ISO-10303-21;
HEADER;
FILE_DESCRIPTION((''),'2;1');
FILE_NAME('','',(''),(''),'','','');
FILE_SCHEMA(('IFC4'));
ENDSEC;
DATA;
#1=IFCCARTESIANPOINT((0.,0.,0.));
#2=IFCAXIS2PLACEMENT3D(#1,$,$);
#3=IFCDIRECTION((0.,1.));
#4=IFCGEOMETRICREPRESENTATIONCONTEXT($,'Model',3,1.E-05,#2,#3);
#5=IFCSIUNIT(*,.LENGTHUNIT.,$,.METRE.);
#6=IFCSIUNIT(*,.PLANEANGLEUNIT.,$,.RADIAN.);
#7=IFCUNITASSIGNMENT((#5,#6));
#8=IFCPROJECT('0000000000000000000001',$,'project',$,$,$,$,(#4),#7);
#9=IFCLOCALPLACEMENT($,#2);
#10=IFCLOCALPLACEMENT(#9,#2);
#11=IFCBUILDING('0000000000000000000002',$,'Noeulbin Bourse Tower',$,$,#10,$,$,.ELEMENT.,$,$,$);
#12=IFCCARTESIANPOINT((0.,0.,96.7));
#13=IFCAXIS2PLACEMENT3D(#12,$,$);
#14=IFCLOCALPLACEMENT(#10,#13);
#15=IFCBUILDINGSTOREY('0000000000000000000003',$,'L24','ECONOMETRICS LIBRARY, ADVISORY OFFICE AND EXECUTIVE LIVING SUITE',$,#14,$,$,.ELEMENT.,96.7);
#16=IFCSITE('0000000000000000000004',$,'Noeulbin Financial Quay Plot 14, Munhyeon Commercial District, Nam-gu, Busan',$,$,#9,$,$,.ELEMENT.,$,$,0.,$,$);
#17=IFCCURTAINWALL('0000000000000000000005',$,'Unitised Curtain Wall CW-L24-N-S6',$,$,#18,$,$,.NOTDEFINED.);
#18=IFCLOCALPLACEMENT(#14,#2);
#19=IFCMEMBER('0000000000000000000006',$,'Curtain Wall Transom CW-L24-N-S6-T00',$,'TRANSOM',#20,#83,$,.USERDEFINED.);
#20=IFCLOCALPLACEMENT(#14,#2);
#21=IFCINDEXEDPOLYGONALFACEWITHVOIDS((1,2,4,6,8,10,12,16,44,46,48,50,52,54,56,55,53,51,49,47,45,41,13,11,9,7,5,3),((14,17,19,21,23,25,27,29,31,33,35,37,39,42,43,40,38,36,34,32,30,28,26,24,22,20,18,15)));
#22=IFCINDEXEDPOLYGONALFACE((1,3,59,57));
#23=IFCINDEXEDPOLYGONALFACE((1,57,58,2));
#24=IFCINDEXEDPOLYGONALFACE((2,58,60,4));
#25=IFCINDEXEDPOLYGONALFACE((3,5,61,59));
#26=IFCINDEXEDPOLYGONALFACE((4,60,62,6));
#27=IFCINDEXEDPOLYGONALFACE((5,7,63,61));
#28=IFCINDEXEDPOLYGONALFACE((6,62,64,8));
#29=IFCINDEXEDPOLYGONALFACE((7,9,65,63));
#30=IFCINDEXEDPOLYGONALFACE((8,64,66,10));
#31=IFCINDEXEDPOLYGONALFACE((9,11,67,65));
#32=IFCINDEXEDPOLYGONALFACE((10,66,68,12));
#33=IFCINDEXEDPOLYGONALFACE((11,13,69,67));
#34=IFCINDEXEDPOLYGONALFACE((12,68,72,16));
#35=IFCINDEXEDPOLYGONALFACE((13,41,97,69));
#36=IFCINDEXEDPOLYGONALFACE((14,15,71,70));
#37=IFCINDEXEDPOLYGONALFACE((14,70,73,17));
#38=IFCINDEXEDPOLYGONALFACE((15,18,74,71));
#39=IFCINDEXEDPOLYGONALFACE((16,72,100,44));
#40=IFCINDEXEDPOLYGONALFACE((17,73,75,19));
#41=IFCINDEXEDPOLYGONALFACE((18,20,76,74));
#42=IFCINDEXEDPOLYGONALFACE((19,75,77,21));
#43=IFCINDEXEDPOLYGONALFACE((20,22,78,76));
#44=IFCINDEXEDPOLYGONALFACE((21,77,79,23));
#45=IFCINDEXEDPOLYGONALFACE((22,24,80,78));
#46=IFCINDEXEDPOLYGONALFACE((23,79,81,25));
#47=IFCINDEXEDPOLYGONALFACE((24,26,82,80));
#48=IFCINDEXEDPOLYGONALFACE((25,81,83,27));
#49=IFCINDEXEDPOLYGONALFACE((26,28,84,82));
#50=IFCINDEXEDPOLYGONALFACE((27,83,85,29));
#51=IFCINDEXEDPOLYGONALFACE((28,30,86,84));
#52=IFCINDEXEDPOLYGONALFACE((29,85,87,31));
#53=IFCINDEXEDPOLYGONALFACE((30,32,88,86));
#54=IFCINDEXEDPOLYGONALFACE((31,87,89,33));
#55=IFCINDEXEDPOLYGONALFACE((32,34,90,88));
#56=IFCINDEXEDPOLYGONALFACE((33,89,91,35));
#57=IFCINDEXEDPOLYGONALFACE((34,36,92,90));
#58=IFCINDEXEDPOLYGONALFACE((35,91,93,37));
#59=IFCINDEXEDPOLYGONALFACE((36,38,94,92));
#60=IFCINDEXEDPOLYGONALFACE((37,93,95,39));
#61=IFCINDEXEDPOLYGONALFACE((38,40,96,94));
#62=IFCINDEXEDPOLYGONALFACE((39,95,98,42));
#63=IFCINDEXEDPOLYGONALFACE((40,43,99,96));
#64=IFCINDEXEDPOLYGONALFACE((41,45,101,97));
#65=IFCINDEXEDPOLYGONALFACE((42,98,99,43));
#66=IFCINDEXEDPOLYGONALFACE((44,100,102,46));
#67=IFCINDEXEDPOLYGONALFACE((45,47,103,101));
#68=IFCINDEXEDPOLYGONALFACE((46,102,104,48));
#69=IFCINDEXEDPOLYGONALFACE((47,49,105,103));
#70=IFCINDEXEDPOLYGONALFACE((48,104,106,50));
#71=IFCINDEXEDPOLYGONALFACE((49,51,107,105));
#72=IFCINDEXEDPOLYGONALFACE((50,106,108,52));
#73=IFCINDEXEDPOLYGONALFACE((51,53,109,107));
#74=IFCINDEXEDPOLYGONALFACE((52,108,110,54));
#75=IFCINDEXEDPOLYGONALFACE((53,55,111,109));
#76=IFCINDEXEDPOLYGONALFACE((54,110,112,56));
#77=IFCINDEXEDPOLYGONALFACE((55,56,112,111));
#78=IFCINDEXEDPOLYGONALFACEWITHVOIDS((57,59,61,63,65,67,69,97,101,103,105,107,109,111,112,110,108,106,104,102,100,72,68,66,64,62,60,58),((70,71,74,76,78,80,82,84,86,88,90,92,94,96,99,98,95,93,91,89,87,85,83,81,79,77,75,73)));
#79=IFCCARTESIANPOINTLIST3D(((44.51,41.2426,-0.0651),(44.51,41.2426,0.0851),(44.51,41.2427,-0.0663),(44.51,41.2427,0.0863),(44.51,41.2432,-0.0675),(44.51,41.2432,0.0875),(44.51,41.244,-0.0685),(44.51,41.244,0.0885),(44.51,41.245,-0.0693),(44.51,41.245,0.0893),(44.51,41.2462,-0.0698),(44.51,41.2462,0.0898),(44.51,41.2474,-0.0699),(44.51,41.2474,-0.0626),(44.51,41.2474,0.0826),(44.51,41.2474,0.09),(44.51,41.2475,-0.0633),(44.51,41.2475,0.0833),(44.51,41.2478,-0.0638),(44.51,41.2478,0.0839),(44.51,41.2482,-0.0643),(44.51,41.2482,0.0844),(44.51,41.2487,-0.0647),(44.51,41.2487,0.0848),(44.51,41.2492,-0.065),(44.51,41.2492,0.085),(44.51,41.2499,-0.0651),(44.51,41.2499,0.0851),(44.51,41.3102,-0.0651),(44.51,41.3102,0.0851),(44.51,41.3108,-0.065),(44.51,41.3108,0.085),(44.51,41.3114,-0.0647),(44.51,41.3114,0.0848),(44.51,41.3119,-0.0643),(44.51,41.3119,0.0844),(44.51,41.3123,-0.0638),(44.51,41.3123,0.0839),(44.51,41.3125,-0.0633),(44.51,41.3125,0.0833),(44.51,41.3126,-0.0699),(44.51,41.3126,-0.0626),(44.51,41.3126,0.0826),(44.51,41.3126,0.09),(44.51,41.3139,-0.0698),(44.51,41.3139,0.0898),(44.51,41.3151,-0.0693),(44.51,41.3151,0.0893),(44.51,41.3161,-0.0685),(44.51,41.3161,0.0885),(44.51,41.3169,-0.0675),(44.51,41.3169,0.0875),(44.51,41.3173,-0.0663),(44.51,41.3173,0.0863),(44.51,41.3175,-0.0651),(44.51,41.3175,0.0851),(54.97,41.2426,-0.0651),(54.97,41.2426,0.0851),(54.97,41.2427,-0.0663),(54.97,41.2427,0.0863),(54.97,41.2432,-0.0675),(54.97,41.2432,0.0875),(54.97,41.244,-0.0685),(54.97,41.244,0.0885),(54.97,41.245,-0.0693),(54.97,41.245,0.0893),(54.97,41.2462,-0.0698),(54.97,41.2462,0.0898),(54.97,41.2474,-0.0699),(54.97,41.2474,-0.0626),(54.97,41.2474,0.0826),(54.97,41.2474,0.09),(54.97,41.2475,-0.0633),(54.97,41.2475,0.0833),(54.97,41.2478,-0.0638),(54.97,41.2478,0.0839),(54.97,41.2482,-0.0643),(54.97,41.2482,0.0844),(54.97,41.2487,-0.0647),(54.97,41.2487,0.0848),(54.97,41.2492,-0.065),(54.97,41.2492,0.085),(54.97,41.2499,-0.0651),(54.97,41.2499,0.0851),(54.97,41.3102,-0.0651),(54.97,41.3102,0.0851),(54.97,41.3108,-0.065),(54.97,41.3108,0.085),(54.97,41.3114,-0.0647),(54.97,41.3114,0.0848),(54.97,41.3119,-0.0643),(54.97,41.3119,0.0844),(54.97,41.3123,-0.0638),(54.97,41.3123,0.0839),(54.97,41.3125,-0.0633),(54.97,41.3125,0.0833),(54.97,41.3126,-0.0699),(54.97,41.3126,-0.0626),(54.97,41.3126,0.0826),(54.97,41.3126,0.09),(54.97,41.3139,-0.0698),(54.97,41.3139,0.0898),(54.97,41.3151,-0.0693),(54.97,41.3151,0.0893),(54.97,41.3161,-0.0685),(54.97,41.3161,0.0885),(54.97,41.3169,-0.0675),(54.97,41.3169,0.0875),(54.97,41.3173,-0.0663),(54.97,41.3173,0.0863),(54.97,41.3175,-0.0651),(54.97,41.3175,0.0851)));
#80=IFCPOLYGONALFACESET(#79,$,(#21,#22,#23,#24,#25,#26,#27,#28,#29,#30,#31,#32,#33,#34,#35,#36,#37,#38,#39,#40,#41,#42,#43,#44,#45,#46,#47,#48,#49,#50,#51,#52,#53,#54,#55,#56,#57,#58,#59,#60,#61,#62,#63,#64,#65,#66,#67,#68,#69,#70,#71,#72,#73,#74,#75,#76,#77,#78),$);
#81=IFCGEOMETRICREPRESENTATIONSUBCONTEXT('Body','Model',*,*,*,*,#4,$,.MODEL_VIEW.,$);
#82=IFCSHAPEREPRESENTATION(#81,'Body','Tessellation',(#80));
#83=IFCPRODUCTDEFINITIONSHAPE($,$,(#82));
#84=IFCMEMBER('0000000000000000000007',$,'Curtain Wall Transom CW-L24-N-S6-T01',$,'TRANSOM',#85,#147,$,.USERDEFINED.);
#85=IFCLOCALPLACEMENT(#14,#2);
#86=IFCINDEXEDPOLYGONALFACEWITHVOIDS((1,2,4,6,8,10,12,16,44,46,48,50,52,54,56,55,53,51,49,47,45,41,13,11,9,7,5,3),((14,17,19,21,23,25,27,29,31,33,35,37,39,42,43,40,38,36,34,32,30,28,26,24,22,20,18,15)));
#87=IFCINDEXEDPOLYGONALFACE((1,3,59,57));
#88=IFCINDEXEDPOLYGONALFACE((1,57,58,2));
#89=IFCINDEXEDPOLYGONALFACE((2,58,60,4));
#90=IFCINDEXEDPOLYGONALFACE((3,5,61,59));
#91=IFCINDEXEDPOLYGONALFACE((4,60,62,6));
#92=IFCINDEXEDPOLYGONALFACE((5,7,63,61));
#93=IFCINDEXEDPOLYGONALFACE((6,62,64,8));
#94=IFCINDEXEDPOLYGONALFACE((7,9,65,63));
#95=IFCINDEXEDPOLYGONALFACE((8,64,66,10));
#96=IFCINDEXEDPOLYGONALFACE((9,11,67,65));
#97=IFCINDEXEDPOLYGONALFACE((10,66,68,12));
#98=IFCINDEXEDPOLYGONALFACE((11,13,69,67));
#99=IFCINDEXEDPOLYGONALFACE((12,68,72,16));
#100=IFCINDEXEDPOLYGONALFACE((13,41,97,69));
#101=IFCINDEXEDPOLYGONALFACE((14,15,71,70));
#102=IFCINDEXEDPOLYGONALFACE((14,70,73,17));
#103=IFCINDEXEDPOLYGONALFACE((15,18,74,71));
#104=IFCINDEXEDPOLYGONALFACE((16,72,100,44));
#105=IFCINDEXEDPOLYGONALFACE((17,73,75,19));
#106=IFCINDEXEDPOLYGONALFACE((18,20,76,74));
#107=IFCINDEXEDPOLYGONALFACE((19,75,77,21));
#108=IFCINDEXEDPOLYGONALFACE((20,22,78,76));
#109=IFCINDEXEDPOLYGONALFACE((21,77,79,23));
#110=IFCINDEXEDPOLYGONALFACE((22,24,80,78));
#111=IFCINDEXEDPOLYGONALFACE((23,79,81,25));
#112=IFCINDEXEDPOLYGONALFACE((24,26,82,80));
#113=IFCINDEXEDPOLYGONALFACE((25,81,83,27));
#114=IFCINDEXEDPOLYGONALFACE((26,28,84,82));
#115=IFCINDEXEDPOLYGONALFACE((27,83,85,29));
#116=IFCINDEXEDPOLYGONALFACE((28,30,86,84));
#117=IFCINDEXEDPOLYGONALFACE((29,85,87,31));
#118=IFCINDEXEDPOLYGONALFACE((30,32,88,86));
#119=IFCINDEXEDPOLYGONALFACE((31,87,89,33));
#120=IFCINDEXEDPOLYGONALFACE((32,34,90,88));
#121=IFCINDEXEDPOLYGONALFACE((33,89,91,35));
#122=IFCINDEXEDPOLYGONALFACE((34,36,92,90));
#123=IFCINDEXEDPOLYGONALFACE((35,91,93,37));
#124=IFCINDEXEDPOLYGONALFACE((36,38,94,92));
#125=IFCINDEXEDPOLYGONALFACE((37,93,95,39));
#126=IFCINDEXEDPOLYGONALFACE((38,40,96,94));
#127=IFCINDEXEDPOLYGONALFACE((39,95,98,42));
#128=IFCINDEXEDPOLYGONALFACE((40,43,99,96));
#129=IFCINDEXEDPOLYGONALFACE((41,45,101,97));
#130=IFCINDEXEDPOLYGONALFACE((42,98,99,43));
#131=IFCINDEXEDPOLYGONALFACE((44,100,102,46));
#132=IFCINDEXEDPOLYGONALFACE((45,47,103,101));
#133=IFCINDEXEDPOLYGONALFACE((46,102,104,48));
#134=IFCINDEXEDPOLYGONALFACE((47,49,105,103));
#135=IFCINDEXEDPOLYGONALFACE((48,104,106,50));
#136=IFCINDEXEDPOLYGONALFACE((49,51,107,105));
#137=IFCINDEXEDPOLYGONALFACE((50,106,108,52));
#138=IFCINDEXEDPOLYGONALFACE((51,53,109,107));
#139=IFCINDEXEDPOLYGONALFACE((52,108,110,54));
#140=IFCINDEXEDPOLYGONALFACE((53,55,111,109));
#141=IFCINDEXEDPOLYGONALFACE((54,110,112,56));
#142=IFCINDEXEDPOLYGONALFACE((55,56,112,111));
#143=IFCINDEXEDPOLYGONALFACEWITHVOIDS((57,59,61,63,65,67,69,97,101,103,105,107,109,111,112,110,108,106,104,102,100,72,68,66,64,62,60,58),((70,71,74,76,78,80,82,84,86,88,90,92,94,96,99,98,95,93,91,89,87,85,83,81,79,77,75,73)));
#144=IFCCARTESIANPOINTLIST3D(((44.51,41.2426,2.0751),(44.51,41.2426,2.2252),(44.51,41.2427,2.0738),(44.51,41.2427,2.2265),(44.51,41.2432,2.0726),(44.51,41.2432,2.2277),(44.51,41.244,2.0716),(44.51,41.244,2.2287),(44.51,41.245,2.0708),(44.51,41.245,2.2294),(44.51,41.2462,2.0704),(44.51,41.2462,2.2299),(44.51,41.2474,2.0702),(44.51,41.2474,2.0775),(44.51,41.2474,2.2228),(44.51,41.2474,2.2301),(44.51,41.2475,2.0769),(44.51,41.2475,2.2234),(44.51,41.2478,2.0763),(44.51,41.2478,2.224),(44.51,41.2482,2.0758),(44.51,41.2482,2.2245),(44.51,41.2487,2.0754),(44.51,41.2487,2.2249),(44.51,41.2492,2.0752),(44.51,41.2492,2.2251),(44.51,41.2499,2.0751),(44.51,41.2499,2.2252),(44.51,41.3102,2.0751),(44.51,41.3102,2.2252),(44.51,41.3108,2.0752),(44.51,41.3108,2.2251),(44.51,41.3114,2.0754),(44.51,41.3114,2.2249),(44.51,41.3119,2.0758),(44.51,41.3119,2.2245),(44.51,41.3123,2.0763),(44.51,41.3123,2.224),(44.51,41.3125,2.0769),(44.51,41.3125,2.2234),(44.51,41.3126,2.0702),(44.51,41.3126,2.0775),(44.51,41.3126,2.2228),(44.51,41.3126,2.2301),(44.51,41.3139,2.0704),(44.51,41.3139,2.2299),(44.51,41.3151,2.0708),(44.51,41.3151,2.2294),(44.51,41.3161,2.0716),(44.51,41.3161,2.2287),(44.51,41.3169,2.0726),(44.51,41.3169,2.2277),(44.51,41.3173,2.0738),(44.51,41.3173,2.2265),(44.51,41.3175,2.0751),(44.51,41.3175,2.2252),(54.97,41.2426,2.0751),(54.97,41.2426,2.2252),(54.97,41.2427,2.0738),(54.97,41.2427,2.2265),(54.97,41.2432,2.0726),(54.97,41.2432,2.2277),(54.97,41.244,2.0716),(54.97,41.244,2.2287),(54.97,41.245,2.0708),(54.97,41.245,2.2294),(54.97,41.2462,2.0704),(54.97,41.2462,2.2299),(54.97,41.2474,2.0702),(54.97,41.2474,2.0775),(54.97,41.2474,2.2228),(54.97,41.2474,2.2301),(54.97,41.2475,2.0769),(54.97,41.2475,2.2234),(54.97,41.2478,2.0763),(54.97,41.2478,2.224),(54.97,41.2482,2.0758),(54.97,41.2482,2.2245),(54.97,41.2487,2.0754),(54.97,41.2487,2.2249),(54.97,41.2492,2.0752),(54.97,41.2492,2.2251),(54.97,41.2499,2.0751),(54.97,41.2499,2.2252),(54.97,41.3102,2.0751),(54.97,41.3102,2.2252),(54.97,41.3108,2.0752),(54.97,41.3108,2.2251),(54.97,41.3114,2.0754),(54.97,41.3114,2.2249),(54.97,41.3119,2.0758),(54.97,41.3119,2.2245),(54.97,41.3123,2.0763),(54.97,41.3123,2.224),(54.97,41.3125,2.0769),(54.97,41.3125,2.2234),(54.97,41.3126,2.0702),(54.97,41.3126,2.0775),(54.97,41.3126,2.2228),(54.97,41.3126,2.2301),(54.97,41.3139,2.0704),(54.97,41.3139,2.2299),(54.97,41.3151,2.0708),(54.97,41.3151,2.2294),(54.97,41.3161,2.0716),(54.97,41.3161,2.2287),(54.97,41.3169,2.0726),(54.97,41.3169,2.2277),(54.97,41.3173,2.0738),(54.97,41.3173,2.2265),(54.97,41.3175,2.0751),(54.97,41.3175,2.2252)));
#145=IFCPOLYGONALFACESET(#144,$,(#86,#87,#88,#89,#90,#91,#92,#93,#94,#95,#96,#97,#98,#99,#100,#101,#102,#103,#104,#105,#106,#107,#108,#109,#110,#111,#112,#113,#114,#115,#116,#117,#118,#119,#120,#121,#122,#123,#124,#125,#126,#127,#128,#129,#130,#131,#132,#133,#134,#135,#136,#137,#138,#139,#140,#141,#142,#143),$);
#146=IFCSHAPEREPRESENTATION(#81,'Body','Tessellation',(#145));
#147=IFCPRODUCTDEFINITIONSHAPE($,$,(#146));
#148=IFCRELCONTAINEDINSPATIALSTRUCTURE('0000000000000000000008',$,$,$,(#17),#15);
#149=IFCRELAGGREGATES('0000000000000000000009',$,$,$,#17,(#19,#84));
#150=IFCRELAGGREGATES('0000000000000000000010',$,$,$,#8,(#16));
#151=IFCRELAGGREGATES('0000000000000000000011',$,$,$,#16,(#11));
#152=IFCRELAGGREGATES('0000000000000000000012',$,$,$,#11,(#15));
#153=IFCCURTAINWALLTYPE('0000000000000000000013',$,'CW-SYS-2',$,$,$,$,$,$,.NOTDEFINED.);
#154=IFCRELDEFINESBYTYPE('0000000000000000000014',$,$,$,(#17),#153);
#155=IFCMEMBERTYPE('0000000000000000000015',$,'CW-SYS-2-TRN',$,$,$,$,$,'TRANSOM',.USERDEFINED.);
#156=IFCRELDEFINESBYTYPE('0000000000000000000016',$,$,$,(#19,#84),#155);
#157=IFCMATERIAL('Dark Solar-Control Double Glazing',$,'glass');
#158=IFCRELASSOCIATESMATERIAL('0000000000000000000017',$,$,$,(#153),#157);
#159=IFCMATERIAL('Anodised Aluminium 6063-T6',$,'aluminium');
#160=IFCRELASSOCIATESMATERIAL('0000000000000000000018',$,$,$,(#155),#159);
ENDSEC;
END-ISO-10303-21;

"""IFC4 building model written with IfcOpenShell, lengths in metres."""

from ifc_helpers import new_model, si_unit, direction, frame, origin, origin_2d, place, context, subcontext, project, spatial, hollow_rectangle, extrude, material, material_profile, profile_set, type_object, element, aggregate, save


model = new_model("IFC4")

# Units and contexts
model_context = context("Model", 3, precision=1e-05, world=origin(), true_north=direction((0.0, 1.0)))
body_context = subcontext(model_context, "Body", "Model", "MODEL_VIEW")
ifc_project = project(units=[si_unit("LENGTHUNIT", "METRE"), si_unit("PLANEANGLEUNIT", "RADIAN")], contexts=[model_context])

# Site, building, storey
site_placement = place(None, origin())
site = spatial("IfcSite", under=ifc_project, at=site_placement, Name="Noeulbin Financial Quay Plot 14, Munhyeon Commercial District, Nam-gu, Busan", CompositionType="ELEMENT", RefElevation=0.0)
building_placement = place(site_placement, origin())
building = spatial("IfcBuilding", under=site, at=building_placement, Name="Noeulbin Bourse Tower", CompositionType="ELEMENT")
storey_placement = place(building_placement, frame((0.0, 0.0, 96.7)))
storey = spatial("IfcBuildingStorey", under=building, at=storey_placement, Name="L24", Description="ECONOMETRICS LIBRARY, ADVISORY OFFICE AND EXECUTIVE LIVING SUITE", CompositionType="ELEMENT", Elevation=96.7)

# Curtain wall
ifc_material_1 = material(Name="Dark Solar-Control Double Glazing", Category="glass")
curtain_wall_type = type_object("IfcCurtainWallType", Name="CW-SYS-2", PredefinedType="NOTDEFINED", material=ifc_material_1)
curtain_wall_1_placement = place(storey_placement, origin())
curtain_wall_1 = element("IfcCurtainWall", 1, at=curtain_wall_1_placement, inside=storey, type_object=curtain_wall_type, Name="Unitised Curtain Wall CW-L24-N-S6", PredefinedType="NOTDEFINED")
ifc_material_2 = material(Name="Anodised Aluminium 6063-T6", Category="aluminium")

# Members
ifc_material_profile_1 = material_profile(ifc_material_2, hollow_rectangle(XDim=0.075, YDim=0.1599, WallThickness=0.0049, InnerFilletRadius=0.0024, OuterFilletRadius=0.0049, at=origin_2d()), Name="ALU-TRAN-75x160x5", Category="LoadBearing")
ifc_profile_set_1 = profile_set([ifc_material_profile_1], Name="Anodised Aluminium 6063-T6")
member_type_1 = type_object("IfcMemberType", Name="CW-SYS-2-TRN", ElementType="TRANSOM", PredefinedType="USERDEFINED", material=ifc_profile_set_1)
member_1_placement = place(storey_placement, frame((44.51, 41.28, 0.01), z_axis=(1.0, 0.0, 0.0), x_axis=(0.0, 1.0, 0.0)))
member_1 = element("IfcMember", 2, at=member_1_placement, type_object=member_type_1, Name="Curtain Wall Transom CW-L24-N-S6-T00", ObjectType="TRANSOM", PredefinedType="USERDEFINED", context=body_context, shape_type="SweptSolid", body=[
    extrude(hollow_rectangle(XDim=0.075, YDim=0.1599, WallThickness=0.0049, InnerFilletRadius=0.0024, OuterFilletRadius=0.0049, at=origin_2d()), origin(), (0.0, 0.0, 1.0), 10.46),
])
member_2_placement = place(storey_placement, frame((44.51, 41.28, 2.1501), z_axis=(1.0, 0.0, 0.0), x_axis=(0.0, 1.0, 0.0)))
member_2 = element("IfcMember", 3, at=member_2_placement, type_object=member_type_1, Name="Curtain Wall Transom CW-L24-N-S6-T01", ObjectType="TRANSOM", PredefinedType="USERDEFINED", context=body_context, shape_type="SweptSolid", body=[
    extrude(hollow_rectangle(XDim=0.075, YDim=0.1599, WallThickness=0.0049, InnerFilletRadius=0.0024, OuterFilletRadius=0.0049, at=origin_2d()), origin(), (0.0, 0.0, 1.0), 10.46),
])

aggregate(curtain_wall_1, [member_1, member_2])

save(model, "model.ifc")
